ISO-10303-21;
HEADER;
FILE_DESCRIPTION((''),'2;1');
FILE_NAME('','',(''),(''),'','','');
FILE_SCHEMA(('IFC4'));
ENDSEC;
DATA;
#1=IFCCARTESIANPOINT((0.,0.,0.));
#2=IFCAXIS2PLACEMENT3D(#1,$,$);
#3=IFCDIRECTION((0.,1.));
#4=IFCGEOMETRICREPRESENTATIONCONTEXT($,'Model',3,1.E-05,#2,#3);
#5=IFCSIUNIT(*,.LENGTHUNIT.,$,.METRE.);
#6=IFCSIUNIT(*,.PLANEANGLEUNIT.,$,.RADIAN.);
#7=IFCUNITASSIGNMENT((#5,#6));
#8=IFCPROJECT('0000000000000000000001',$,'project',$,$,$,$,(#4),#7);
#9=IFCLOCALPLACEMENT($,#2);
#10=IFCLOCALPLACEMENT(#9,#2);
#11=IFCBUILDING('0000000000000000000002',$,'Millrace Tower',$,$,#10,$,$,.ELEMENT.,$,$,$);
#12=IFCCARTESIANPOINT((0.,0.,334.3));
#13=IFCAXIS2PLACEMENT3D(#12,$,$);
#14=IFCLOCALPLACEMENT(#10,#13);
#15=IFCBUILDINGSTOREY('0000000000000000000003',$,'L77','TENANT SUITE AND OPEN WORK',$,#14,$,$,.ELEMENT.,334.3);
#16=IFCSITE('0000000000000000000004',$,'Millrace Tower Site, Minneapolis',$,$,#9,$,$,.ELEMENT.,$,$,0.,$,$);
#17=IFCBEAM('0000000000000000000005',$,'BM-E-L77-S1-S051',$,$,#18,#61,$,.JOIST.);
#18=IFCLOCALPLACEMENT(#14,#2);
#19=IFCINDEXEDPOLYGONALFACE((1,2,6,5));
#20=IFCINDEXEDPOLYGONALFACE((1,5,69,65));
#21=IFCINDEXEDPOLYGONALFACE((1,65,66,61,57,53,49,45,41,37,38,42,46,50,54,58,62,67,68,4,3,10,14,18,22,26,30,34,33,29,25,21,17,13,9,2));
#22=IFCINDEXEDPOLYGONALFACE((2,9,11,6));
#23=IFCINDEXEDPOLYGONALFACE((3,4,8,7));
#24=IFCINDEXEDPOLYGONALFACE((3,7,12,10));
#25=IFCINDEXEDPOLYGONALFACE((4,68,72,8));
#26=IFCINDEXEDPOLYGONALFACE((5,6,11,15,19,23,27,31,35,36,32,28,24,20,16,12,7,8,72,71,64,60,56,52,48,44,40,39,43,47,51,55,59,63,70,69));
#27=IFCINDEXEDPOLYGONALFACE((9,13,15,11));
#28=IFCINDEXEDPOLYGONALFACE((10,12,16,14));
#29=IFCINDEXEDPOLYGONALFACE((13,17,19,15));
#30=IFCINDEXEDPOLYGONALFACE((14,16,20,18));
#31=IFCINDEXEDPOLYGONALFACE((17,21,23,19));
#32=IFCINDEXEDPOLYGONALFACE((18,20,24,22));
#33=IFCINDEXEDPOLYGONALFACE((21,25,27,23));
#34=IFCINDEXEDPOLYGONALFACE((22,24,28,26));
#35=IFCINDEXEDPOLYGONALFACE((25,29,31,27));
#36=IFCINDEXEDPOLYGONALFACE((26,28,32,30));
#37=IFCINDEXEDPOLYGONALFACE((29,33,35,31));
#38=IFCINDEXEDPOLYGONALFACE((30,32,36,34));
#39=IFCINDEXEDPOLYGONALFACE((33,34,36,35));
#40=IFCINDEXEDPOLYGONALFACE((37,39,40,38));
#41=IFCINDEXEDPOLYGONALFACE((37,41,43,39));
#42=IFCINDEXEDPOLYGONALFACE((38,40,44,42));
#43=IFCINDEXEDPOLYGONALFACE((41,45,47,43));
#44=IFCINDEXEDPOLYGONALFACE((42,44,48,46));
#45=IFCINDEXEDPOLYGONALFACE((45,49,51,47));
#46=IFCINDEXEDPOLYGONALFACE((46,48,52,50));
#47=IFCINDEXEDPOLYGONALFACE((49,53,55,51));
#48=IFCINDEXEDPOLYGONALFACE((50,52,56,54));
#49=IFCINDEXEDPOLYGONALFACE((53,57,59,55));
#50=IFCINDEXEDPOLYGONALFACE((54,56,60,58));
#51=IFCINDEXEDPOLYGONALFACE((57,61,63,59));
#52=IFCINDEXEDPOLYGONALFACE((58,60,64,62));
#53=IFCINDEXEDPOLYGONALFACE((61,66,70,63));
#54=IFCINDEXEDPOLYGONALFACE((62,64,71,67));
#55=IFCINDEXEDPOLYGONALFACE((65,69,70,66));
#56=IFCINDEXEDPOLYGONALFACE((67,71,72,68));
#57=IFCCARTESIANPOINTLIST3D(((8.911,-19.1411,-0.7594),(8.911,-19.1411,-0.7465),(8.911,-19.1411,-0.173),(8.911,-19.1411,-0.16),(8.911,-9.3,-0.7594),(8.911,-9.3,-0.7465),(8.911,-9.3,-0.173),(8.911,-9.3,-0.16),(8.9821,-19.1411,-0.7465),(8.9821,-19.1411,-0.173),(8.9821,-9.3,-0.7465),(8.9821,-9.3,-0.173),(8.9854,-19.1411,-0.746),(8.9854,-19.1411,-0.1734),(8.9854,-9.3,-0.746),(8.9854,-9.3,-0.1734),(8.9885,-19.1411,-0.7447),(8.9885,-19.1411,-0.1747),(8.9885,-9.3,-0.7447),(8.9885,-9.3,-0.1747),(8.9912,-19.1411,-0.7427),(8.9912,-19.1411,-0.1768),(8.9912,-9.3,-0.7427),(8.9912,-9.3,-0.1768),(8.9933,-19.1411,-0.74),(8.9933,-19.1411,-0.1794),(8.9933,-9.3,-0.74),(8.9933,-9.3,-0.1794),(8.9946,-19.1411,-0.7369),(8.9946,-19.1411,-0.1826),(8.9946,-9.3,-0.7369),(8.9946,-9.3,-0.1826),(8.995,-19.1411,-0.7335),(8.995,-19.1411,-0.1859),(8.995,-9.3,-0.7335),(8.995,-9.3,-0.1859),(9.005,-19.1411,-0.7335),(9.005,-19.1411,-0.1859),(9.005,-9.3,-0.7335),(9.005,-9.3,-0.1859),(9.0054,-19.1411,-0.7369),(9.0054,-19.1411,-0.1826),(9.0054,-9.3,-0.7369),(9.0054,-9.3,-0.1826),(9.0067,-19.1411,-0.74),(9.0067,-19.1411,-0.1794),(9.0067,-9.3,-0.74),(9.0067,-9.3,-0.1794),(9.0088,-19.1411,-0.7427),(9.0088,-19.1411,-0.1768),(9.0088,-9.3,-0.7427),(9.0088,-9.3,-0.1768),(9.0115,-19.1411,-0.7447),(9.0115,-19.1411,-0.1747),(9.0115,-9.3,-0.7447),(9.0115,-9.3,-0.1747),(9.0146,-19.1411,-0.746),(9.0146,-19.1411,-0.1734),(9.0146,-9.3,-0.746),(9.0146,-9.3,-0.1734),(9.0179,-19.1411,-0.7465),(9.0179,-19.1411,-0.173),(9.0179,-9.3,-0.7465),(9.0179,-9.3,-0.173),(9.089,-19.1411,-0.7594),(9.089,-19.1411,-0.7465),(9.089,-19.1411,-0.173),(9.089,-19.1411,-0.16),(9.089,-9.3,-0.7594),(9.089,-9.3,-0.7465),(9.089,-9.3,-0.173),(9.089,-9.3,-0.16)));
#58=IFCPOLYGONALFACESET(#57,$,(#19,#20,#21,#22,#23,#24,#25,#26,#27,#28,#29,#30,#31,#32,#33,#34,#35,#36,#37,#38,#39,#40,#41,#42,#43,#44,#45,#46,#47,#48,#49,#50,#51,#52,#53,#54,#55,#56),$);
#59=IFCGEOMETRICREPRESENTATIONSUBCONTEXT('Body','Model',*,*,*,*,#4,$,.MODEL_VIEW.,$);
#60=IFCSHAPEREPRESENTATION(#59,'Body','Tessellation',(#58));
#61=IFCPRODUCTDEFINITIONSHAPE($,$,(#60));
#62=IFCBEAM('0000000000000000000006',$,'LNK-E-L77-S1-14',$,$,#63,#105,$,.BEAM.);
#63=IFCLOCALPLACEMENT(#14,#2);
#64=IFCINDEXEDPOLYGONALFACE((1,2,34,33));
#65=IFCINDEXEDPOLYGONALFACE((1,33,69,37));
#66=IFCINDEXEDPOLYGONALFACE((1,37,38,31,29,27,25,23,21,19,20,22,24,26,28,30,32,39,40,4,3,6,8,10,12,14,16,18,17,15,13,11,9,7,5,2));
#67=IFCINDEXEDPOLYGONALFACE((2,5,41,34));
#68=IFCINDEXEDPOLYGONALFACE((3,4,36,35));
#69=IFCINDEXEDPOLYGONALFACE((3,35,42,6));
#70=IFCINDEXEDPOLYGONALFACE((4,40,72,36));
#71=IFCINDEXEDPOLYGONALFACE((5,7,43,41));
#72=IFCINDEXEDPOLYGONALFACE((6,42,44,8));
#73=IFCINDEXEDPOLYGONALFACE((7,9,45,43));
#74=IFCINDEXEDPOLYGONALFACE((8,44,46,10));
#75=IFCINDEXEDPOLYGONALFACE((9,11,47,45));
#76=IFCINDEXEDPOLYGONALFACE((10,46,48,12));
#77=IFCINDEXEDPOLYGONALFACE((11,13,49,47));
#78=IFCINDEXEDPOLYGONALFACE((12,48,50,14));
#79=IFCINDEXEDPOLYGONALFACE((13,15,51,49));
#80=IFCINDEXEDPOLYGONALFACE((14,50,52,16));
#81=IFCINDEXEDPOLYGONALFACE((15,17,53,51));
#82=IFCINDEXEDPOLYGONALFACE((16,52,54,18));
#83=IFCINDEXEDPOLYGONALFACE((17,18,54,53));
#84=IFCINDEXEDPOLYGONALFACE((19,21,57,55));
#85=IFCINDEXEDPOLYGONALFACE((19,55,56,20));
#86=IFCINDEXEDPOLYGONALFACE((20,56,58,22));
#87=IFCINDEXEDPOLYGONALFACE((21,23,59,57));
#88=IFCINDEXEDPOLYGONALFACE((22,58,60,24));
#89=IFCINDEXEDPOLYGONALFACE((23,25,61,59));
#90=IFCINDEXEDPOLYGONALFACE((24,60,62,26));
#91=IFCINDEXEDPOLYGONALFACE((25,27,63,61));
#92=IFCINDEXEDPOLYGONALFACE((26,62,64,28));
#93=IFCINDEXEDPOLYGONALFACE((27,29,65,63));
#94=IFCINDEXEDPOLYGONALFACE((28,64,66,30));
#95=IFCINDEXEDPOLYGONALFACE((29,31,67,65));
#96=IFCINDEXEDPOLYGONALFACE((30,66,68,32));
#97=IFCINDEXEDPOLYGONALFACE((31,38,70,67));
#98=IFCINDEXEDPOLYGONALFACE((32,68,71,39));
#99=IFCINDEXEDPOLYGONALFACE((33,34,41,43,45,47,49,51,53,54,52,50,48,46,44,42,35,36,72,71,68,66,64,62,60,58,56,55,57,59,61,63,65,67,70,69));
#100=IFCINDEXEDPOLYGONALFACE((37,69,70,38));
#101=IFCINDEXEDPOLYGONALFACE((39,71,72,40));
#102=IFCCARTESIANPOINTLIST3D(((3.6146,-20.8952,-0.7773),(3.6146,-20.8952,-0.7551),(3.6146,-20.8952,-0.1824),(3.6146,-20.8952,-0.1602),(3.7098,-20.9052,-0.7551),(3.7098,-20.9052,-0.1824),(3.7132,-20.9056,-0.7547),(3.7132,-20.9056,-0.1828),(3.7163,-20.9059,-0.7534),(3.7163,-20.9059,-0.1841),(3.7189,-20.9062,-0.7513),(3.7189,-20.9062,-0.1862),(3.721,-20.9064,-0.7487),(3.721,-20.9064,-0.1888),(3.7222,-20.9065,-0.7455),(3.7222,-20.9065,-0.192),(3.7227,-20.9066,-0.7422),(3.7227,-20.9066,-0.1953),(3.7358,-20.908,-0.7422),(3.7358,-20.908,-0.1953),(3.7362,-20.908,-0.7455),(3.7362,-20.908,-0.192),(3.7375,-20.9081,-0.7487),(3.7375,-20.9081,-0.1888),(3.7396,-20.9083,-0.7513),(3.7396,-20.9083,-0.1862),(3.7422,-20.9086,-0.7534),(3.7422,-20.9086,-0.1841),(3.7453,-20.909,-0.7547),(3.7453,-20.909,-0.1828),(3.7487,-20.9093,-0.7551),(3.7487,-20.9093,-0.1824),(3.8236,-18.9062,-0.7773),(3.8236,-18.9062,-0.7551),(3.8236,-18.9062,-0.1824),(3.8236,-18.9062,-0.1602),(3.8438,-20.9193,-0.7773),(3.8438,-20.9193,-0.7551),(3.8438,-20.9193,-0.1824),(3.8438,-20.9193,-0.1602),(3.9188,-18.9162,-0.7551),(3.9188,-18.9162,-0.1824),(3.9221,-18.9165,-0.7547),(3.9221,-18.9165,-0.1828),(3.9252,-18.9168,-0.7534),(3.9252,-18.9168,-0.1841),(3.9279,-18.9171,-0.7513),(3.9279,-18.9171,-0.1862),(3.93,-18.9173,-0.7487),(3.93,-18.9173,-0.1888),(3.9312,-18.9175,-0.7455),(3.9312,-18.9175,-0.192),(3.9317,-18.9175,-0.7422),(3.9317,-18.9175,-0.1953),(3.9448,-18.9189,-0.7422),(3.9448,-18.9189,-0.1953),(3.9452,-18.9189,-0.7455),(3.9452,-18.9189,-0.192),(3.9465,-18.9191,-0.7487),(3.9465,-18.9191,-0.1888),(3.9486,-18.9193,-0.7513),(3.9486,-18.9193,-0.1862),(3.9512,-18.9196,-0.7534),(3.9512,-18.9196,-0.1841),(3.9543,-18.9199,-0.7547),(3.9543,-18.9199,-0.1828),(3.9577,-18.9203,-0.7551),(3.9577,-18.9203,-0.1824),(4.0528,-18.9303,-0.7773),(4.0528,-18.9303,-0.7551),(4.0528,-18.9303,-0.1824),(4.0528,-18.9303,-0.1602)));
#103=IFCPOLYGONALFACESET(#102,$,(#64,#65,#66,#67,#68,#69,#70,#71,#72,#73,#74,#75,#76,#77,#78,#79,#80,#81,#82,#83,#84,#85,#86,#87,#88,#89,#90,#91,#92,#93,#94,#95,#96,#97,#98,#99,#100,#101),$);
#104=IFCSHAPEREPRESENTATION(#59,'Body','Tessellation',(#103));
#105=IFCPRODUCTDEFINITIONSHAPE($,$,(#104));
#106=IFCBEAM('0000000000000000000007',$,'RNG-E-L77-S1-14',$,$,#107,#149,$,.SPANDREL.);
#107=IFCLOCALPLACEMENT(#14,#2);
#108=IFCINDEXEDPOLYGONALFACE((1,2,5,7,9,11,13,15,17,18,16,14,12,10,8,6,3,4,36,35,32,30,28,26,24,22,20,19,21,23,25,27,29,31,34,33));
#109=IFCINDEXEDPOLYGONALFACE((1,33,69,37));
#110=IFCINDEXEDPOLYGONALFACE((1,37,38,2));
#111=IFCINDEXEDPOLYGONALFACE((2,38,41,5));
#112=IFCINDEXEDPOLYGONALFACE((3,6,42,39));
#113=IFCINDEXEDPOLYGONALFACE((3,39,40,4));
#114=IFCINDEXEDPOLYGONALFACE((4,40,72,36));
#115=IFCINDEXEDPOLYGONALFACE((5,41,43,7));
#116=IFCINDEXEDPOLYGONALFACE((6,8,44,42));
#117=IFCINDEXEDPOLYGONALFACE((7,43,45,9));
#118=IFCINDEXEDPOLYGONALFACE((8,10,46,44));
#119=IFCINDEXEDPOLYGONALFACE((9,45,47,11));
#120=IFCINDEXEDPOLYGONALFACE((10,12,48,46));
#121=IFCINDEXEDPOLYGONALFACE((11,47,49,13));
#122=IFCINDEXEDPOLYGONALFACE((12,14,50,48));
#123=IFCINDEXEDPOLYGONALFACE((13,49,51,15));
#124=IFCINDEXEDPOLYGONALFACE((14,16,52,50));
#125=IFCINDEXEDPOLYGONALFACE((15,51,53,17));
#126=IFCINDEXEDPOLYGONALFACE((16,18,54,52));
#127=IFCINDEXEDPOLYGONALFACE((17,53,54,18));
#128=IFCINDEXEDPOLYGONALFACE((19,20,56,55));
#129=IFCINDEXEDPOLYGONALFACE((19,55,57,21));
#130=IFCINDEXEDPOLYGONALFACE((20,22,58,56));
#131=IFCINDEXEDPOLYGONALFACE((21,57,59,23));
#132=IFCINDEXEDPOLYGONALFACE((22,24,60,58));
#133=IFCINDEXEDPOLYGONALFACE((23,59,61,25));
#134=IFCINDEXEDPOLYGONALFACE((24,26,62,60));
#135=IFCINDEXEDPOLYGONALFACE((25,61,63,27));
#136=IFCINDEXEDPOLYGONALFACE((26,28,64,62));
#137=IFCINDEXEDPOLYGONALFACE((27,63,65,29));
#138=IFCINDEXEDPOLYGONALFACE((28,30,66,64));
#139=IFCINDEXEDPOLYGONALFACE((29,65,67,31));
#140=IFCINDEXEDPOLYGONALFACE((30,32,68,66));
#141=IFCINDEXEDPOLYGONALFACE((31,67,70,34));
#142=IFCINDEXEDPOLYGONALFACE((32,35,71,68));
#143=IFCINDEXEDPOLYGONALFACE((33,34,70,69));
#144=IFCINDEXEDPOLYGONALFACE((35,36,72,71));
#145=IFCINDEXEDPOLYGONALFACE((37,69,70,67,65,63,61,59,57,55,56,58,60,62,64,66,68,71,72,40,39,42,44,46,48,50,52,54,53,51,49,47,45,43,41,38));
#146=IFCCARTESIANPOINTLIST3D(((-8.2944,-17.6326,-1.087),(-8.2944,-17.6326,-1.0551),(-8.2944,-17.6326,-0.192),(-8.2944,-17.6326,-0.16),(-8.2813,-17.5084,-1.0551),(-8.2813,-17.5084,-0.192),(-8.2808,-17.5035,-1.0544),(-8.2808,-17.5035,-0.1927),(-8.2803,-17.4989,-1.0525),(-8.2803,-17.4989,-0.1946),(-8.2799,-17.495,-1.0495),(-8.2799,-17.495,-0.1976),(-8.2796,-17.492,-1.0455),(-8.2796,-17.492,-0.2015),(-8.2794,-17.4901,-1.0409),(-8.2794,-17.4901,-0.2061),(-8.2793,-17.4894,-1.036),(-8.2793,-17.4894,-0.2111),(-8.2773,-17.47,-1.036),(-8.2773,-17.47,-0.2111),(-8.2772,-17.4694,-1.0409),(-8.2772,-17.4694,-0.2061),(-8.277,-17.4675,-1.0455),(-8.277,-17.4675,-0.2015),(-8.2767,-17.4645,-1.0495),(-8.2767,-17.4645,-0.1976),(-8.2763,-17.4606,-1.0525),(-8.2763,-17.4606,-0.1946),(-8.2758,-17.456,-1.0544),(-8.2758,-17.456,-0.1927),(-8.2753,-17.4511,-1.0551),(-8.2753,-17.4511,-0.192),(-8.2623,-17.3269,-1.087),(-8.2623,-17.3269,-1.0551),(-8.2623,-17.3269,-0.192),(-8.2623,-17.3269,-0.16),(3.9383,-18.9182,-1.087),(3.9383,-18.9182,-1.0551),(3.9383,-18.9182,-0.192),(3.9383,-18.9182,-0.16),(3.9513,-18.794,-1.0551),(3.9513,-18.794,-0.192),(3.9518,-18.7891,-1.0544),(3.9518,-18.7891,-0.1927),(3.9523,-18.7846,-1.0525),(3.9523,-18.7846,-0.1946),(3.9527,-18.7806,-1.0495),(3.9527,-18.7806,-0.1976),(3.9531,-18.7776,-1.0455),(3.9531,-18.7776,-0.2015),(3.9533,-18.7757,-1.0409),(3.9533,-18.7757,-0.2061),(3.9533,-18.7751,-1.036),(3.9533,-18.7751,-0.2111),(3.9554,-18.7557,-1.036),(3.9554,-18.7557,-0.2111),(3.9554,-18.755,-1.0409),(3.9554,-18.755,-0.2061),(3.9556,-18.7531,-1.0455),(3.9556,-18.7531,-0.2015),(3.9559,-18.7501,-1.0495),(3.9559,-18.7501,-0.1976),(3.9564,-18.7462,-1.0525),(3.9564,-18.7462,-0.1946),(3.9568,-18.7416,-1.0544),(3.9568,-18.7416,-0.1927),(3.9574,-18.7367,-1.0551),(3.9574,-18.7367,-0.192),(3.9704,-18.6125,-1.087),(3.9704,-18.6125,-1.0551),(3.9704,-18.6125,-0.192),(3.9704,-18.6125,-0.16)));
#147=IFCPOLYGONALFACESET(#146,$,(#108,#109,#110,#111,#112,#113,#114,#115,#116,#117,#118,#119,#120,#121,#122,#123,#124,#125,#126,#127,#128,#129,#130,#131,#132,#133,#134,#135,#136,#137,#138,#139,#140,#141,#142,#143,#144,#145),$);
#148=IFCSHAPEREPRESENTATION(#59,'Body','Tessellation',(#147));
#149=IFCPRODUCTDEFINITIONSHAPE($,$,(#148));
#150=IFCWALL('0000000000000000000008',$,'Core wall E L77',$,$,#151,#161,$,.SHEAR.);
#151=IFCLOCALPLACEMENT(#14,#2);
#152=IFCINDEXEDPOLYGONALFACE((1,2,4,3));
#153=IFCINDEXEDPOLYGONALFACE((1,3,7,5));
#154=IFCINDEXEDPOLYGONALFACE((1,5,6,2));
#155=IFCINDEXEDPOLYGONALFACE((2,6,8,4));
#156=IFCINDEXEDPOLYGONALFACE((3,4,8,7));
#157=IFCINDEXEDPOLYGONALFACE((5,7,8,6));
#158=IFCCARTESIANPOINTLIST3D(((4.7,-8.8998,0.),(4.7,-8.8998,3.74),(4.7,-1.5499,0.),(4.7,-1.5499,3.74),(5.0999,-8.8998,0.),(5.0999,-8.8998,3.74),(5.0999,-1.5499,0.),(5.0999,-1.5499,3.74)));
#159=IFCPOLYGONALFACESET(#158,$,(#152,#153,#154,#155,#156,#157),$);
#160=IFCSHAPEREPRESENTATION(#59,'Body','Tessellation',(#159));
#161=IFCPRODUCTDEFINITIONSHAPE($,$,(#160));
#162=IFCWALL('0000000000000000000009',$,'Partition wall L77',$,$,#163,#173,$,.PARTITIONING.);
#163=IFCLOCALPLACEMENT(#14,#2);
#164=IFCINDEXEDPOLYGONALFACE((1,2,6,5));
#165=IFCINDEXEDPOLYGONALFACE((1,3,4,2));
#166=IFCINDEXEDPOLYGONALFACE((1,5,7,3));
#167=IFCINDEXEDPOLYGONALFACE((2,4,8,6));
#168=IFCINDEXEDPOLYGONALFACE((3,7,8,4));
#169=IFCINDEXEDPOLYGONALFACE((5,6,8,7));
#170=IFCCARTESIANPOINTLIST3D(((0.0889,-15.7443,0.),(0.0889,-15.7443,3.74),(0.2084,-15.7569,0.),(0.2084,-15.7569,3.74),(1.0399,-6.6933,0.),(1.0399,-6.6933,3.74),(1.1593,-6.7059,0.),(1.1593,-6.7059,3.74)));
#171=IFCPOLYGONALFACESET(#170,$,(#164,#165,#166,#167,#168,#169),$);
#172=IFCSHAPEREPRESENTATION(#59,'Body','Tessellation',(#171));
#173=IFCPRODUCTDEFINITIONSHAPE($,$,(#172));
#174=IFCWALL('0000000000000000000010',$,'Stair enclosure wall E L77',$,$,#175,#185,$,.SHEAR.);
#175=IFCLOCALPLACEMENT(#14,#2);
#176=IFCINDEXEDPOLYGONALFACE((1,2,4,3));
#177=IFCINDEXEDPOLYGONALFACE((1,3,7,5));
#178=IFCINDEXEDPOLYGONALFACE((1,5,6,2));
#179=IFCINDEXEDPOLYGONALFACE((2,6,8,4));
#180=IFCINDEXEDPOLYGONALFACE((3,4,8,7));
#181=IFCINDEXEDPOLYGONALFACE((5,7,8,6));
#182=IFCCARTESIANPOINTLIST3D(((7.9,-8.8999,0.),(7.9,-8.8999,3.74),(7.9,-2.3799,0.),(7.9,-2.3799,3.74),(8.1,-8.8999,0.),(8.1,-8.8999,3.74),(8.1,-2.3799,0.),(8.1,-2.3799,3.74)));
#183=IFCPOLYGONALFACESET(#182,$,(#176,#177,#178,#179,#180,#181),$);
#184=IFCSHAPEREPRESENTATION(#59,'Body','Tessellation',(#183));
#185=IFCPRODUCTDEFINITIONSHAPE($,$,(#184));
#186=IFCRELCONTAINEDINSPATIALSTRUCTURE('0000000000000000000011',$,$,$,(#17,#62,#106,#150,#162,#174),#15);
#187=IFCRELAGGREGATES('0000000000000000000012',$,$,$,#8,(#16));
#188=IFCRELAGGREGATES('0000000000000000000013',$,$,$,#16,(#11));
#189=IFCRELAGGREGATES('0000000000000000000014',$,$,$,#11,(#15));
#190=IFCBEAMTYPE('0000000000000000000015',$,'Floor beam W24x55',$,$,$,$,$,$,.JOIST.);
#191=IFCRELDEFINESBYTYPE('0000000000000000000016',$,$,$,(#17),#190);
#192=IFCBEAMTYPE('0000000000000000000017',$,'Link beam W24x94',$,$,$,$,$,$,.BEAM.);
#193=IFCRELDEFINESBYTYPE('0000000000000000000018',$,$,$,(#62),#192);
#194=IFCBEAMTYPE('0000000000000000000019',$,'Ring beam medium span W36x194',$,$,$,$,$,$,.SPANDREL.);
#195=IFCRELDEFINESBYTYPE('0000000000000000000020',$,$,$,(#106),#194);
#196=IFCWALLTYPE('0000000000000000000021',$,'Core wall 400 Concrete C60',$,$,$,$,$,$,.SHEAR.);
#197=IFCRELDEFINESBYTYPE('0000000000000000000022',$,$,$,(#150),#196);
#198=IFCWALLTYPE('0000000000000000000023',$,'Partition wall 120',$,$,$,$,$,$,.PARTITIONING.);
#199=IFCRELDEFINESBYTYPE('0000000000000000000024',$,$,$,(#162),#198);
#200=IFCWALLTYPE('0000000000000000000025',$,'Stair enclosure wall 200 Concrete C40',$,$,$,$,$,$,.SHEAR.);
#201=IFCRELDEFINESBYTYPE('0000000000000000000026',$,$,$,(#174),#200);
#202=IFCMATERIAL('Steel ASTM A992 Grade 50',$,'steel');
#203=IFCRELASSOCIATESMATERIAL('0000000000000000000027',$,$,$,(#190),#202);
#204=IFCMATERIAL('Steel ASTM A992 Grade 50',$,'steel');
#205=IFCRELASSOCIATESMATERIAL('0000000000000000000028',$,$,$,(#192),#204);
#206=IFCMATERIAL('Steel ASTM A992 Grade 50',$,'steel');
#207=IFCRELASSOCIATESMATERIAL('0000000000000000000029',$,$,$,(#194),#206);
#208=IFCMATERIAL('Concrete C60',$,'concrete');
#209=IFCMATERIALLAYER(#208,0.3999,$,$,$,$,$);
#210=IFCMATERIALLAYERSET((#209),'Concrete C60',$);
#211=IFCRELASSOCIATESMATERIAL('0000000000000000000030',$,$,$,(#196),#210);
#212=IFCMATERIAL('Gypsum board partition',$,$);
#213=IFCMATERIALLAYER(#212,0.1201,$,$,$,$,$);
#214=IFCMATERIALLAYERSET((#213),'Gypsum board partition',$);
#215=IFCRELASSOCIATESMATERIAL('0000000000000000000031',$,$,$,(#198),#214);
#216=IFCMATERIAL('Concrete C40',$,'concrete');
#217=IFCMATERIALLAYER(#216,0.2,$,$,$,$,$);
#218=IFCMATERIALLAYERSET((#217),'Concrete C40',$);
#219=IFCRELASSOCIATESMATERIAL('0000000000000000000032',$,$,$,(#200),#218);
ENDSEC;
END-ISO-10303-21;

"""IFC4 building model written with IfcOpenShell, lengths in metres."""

from ifc_helpers import new_model, si_unit, direction, frame, frame_2d, origin, origin_2d, place, context, subcontext, project, spatial, rectangle, i_section, extrude, material, layer, layer_set, material_profile, profile_set, type_object, element, save


model = new_model("IFC4")

# Units and contexts
model_context = context("Model", 3, precision=1e-05, world=origin(), true_north=direction((0.0, 1.0)))
body_context = subcontext(model_context, "Body", "Model", "MODEL_VIEW")
ifc_project = project(units=[si_unit("LENGTHUNIT", "METRE"), si_unit("PLANEANGLEUNIT", "RADIAN")], contexts=[model_context])

# Site, building, storey
site_placement = place(None, origin())
site = spatial("IfcSite", under=ifc_project, at=site_placement, Name="Millrace Tower Site, Minneapolis", CompositionType="ELEMENT", RefElevation=0.0)
building_placement = place(site_placement, origin())
building = spatial("IfcBuilding", under=site, at=building_placement, Name="Millrace Tower", CompositionType="ELEMENT")
storey_placement = place(building_placement, frame((0.0, 0.0, 334.3)))
storey = spatial("IfcBuildingStorey", under=building, at=storey_placement, Name="L77", Description="TENANT SUITE AND OPEN WORK", CompositionType="ELEMENT", Elevation=334.3)

# Beams
ifc_material_1 = material(Name="Steel ASTM A992 Grade 50", Category="steel")
ifc_material_profile_1 = material_profile(ifc_material_1, i_section(OverallWidth=0.178, OverallDepth=0.5994, WebThickness=0.01, FlangeThickness=0.0129, FilletRadius=0.0129, at=origin_2d()))
ifc_profile_set_1 = profile_set([ifc_material_profile_1], Name="Steel ASTM A992 Grade 50")
beam_type_1 = type_object("IfcBeamType", Name="Floor beam W24x55", PredefinedType="JOIST", material=ifc_profile_set_1)
beam_1_placement = place(storey_placement, frame((9.0, -19.1411, -0.4597), z_axis=(0.0, 1.0, 0.0), x_axis=(-1.0, 0.0, 0.0)))
element("IfcBeam", 1, at=beam_1_placement, inside=storey, type_object=beam_type_1, Name="BM-E-L77-S1-S051", PredefinedType="JOIST", context=body_context, shape_type="SweptSolid", body=[
    extrude(i_section(OverallWidth=0.178, OverallDepth=0.5994, WebThickness=0.01, FlangeThickness=0.0129, FilletRadius=0.0129, at=origin_2d()), origin(), (0.0, 0.0, 1.0), 9.8411),
])
ifc_material_2 = material(Name="Steel ASTM A992 Grade 50", Category="steel")
ifc_material_profile_2 = material_profile(ifc_material_2, i_section(OverallWidth=0.2305, OverallDepth=0.6172, WebThickness=0.0132, FlangeThickness=0.0222, FilletRadius=0.0129, at=origin_2d()))
ifc_profile_set_2 = profile_set([ifc_material_profile_2], Name="Steel ASTM A992 Grade 50")
beam_type_2 = type_object("IfcBeamType", Name="Link beam W24x94", PredefinedType="BEAM", material=ifc_profile_set_2)
beam_2_placement = place(storey_placement, frame((3.9382, -18.9182, -0.4688), z_axis=(-0.104494, -0.994526, 0.0), x_axis=(0.994526, -0.104494, 0.0)))
element("IfcBeam", 2, at=beam_2_placement, inside=storey, type_object=beam_type_2, Name="LNK-E-L77-S1-14", PredefinedType="BEAM", context=body_context, shape_type="SweptSolid", body=[
    extrude(i_section(OverallWidth=0.2305, OverallDepth=0.6172, WebThickness=0.0132, FlangeThickness=0.0222, FilletRadius=0.0129, at=origin_2d()), origin(), (0.0, 0.0, 1.0), 2.0),
])
ifc_material_3 = material(Name="Steel ASTM A992 Grade 50", Category="steel")
ifc_material_profile_3 = material_profile(ifc_material_3, i_section(OverallWidth=0.3074, OverallDepth=0.927, WebThickness=0.0195, FlangeThickness=0.032, FilletRadius=0.019, at=origin_2d()))
ifc_profile_set_3 = profile_set([ifc_material_profile_3], Name="Steel ASTM A992 Grade 50")
beam_type_3 = type_object("IfcBeamType", Name="Ring beam medium span W36x194", PredefinedType="SPANDREL", material=ifc_profile_set_3)
beam_3_placement = place(storey_placement, frame((3.9543, -18.7654, -0.6235), z_axis=(-0.994522, 0.104524, 0.0), x_axis=(-0.104524, -0.994522, 0.0)))
element("IfcBeam", 3, at=beam_3_placement, inside=storey, type_object=beam_type_3, Name="RNG-E-L77-S1-14", PredefinedType="SPANDREL", context=body_context, shape_type="SweptSolid", body=[
    extrude(i_section(OverallWidth=0.3074, OverallDepth=0.927, WebThickness=0.0195, FlangeThickness=0.032, FilletRadius=0.019, at=origin_2d()), origin(), (0.0, 0.0, 1.0), 12.3),
])

# Walls
ifc_material_4 = material(Name="Concrete C60", Category="concrete")
ifc_layer_1 = layer(ifc_material_4, 0.3999)
ifc_layer_set_1 = layer_set([ifc_layer_1], Name="Concrete C60")
wall_type_1 = type_object("IfcWallType", Name="Core wall 400 Concrete C60", PredefinedType="SHEAR", material=ifc_layer_set_1)
wall_1_placement = place(storey_placement, frame((4.8999, -1.55, 0.0), z_axis=(0.0, 0.0, 1.0), x_axis=(0.0, -1.0, 0.0)))
element("IfcWall", 4, at=wall_1_placement, inside=storey, type_object=wall_type_1, Name="Core wall E L77", PredefinedType="SHEAR", context=body_context, shape_type="SweptSolid", body=[
    extrude(rectangle(XDim=7.3499, YDim=0.3999, at=frame_2d((3.6748, 0.0))), origin(), (0.0, 0.0, 1.0), 3.74),
])
ifc_material_5 = material(Name="Gypsum board partition")
ifc_layer_2 = layer(ifc_material_5, 0.1201)
ifc_layer_set_2 = layer_set([ifc_layer_2], Name="Gypsum board partition")
wall_type_2 = type_object("IfcWallType", Name="Partition wall 120", PredefinedType="PARTITIONING", material=ifc_layer_set_2)
wall_2_placement = place(storey_placement, frame((0.1487, -15.7505, 0.0), z_axis=(0.0, 0.0, 1.0), x_axis=(0.104488, 0.994526, 0.0)))
element("IfcWall", 5, at=wall_2_placement, inside=storey, type_object=wall_type_2, Name="Partition wall L77", PredefinedType="PARTITIONING", context=body_context, shape_type="SweptSolid", body=[
    extrude(rectangle(XDim=9.1008, YDim=0.1201, at=frame_2d((4.5503, 0.0))), origin(), (0.0, 0.0, 1.0), 3.74),
])
ifc_material_6 = material(Name="Concrete C40", Category="concrete")
ifc_layer_3 = layer(ifc_material_6, 0.2)
ifc_layer_set_3 = layer_set([ifc_layer_3], Name="Concrete C40")
wall_type_3 = type_object("IfcWallType", Name="Stair enclosure wall 200 Concrete C40", PredefinedType="SHEAR", material=ifc_layer_set_3)
wall_3_placement = place(storey_placement, frame((8.0, -2.3799, 0.0), z_axis=(0.0, 0.0, 1.0), x_axis=(0.0, -1.0, 0.0)))
element("IfcWall", 6, at=wall_3_placement, inside=storey, type_object=wall_type_3, Name="Stair enclosure wall E L77", PredefinedType="SHEAR", context=body_context, shape_type="SweptSolid", body=[
    extrude(rectangle(XDim=6.52, YDim=0.2, at=frame_2d((3.26, 0.0))), origin(), (0.0, 0.0, 1.0), 3.74),
])

save(model, "model.ifc")
